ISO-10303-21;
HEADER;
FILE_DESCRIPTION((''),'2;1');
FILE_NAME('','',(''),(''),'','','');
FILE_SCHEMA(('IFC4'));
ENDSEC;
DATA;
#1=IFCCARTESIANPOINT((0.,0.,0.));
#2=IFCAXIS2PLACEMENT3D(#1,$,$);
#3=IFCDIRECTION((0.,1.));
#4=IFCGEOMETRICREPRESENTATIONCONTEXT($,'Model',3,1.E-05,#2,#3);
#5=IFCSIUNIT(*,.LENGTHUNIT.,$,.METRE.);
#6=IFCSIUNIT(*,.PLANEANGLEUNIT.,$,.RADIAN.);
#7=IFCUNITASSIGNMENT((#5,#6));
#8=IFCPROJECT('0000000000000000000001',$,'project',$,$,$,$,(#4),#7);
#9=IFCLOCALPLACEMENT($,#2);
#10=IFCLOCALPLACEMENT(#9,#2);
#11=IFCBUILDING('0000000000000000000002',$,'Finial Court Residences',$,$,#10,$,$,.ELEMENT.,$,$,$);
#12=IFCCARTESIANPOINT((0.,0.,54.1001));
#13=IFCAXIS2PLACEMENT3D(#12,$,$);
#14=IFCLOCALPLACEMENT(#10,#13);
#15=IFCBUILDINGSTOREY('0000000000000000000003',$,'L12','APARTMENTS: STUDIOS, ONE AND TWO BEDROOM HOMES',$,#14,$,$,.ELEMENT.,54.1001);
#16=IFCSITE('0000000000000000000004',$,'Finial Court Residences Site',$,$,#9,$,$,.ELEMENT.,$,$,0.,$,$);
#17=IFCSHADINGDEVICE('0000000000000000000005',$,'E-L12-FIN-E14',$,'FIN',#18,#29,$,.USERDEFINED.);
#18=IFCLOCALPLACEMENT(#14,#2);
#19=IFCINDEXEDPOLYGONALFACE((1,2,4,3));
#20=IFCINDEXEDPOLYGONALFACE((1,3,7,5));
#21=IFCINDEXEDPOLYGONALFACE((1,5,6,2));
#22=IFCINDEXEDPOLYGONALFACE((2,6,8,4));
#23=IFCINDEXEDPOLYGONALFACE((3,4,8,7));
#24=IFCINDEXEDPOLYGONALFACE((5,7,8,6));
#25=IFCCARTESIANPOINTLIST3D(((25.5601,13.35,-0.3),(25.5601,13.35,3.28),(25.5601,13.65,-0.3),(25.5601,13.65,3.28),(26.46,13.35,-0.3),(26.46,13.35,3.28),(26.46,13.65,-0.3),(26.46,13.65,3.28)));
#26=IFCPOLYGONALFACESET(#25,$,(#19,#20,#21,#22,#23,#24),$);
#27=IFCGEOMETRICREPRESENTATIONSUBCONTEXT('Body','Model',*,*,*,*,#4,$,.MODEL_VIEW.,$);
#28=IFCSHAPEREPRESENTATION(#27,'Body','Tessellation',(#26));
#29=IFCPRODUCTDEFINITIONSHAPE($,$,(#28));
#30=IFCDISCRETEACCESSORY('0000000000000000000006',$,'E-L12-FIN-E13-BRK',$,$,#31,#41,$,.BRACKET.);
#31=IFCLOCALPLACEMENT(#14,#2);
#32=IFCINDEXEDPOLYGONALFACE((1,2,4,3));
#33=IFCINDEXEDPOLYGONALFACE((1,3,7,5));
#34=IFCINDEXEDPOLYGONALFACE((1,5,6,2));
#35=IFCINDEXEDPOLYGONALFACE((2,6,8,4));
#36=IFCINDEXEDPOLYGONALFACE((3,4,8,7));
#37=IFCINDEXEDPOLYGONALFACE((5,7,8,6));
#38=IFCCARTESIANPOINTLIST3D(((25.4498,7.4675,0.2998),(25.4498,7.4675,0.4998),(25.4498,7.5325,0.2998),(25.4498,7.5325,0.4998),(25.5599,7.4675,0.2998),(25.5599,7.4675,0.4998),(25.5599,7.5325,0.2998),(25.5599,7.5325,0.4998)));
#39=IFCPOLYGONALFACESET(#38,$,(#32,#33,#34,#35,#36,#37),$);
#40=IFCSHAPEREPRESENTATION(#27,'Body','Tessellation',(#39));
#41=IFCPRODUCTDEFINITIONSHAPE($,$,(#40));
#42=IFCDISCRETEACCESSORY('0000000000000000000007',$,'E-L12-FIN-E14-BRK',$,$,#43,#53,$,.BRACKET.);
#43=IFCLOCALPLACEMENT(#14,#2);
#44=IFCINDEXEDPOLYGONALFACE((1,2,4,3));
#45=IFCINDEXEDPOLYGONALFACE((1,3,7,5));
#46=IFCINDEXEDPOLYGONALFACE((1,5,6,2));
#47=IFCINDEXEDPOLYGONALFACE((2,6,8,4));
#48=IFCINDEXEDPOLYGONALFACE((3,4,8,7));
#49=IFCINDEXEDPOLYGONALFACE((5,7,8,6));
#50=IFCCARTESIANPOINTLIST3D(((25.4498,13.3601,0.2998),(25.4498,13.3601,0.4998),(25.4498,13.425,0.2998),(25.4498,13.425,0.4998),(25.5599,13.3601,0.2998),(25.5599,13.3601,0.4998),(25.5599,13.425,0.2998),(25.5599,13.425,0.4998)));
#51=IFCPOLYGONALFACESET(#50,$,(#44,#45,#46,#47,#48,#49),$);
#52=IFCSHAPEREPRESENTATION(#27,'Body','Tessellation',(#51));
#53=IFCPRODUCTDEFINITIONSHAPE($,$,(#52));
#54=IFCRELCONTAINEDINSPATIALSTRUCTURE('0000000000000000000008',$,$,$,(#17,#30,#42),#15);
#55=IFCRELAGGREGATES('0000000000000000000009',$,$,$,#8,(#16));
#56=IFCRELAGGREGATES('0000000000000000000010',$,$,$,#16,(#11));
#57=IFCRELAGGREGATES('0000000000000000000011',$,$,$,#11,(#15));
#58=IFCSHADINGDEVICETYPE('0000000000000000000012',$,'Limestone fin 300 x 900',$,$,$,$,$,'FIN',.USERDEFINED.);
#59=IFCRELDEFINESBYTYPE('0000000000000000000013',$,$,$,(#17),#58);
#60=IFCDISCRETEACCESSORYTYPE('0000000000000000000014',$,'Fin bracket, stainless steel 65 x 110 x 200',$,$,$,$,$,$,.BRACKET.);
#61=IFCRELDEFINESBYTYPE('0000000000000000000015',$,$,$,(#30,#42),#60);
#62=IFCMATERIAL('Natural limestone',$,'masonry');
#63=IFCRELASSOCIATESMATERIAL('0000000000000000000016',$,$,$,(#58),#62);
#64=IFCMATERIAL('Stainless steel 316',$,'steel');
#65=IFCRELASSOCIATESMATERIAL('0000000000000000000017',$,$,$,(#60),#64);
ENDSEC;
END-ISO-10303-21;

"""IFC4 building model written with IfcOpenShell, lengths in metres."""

from ifc_helpers import new_model, si_unit, direction, frame, origin, origin_2d, place, context, subcontext, project, spatial, rectangle, extrude, material, type_object, element, save


model = new_model("IFC4")

# Units and contexts
model_context = context("Model", 3, precision=1e-05, world=origin(), true_north=direction((0.0, 1.0)))
body_context = subcontext(model_context, "Body", "Model", "MODEL_VIEW")
ifc_project = project(units=[si_unit("LENGTHUNIT", "METRE"), si_unit("PLANEANGLEUNIT", "RADIAN")], contexts=[model_context])

# Site, building, storey
site_placement = place(None, origin())
site = spatial("IfcSite", under=ifc_project, at=site_placement, Name="Finial Court Residences Site", CompositionType="ELEMENT", RefElevation=0.0)
building_placement = place(site_placement, origin())
building = spatial("IfcBuilding", under=site, at=building_placement, Name="Finial Court Residences", CompositionType="ELEMENT")
storey_placement = place(building_placement, frame((0.0, 0.0, 54.1001)))
storey = spatial("IfcBuildingStorey", under=building, at=storey_placement, Name="L12", Description="APARTMENTS: STUDIOS, ONE AND TWO BEDROOM HOMES", CompositionType="ELEMENT", Elevation=54.1001)

# Shared definitions
ifc_material_1 = material(Name="Natural limestone", Category="masonry")

# Shading device
shading_device_type = type_object("IfcShadingDeviceType", Name="Limestone fin 300 x 900", ElementType="FIN", PredefinedType="USERDEFINED", material=ifc_material_1)
shading_device_placement = place(storey_placement, frame((26.01, 13.5, -0.3), z_axis=(0.0, 0.0, 1.0), x_axis=(1.0, 0.0, 0.0)))
element("IfcShadingDevice", 1, at=shading_device_placement, inside=storey, type_object=shading_device_type, Name="E-L12-FIN-E14", ObjectType="FIN", PredefinedType="USERDEFINED", context=body_context, shape_type="SweptSolid", body=[
    extrude(rectangle(XDim=0.8999, YDim=0.3, at=origin_2d()), origin(), (0.0, 0.0, 1.0), 3.5801),
])

# Discrete accessories
ifc_material_2 = material(Name="Stainless steel 316", Category="steel")
discrete_accessory_type = type_object("IfcDiscreteAccessoryType", Name="Fin bracket, stainless steel 65 x 110 x 200", PredefinedType="BRACKET", material=ifc_material_2)
for number, where, z_axis, x_axis, name in (
    (2, (25.5049, 7.5, 0.2998), (0.0, 0.0, 1.0), (1.0, 0.0, 0.0), "E-L12-FIN-E13-BRK"),
    (3, (25.5049, 13.3926, 0.2998), (0.0, 0.0, 1.0), (1.0, 0.0, 0.0), "E-L12-FIN-E14-BRK"),
):
    element("IfcDiscreteAccessory", number, at=place(storey_placement, frame(where, z_axis=z_axis, x_axis=x_axis)), inside=storey, type_object=discrete_accessory_type, Name=name, PredefinedType="BRACKET", context=body_context, shape_type="SweptSolid", body=[
        extrude(rectangle(XDim=0.1101, YDim=0.0649, at=origin_2d()), origin(), (0.0, 0.0, 1.0), 0.2),
    ])

save(model, "model.ifc")
